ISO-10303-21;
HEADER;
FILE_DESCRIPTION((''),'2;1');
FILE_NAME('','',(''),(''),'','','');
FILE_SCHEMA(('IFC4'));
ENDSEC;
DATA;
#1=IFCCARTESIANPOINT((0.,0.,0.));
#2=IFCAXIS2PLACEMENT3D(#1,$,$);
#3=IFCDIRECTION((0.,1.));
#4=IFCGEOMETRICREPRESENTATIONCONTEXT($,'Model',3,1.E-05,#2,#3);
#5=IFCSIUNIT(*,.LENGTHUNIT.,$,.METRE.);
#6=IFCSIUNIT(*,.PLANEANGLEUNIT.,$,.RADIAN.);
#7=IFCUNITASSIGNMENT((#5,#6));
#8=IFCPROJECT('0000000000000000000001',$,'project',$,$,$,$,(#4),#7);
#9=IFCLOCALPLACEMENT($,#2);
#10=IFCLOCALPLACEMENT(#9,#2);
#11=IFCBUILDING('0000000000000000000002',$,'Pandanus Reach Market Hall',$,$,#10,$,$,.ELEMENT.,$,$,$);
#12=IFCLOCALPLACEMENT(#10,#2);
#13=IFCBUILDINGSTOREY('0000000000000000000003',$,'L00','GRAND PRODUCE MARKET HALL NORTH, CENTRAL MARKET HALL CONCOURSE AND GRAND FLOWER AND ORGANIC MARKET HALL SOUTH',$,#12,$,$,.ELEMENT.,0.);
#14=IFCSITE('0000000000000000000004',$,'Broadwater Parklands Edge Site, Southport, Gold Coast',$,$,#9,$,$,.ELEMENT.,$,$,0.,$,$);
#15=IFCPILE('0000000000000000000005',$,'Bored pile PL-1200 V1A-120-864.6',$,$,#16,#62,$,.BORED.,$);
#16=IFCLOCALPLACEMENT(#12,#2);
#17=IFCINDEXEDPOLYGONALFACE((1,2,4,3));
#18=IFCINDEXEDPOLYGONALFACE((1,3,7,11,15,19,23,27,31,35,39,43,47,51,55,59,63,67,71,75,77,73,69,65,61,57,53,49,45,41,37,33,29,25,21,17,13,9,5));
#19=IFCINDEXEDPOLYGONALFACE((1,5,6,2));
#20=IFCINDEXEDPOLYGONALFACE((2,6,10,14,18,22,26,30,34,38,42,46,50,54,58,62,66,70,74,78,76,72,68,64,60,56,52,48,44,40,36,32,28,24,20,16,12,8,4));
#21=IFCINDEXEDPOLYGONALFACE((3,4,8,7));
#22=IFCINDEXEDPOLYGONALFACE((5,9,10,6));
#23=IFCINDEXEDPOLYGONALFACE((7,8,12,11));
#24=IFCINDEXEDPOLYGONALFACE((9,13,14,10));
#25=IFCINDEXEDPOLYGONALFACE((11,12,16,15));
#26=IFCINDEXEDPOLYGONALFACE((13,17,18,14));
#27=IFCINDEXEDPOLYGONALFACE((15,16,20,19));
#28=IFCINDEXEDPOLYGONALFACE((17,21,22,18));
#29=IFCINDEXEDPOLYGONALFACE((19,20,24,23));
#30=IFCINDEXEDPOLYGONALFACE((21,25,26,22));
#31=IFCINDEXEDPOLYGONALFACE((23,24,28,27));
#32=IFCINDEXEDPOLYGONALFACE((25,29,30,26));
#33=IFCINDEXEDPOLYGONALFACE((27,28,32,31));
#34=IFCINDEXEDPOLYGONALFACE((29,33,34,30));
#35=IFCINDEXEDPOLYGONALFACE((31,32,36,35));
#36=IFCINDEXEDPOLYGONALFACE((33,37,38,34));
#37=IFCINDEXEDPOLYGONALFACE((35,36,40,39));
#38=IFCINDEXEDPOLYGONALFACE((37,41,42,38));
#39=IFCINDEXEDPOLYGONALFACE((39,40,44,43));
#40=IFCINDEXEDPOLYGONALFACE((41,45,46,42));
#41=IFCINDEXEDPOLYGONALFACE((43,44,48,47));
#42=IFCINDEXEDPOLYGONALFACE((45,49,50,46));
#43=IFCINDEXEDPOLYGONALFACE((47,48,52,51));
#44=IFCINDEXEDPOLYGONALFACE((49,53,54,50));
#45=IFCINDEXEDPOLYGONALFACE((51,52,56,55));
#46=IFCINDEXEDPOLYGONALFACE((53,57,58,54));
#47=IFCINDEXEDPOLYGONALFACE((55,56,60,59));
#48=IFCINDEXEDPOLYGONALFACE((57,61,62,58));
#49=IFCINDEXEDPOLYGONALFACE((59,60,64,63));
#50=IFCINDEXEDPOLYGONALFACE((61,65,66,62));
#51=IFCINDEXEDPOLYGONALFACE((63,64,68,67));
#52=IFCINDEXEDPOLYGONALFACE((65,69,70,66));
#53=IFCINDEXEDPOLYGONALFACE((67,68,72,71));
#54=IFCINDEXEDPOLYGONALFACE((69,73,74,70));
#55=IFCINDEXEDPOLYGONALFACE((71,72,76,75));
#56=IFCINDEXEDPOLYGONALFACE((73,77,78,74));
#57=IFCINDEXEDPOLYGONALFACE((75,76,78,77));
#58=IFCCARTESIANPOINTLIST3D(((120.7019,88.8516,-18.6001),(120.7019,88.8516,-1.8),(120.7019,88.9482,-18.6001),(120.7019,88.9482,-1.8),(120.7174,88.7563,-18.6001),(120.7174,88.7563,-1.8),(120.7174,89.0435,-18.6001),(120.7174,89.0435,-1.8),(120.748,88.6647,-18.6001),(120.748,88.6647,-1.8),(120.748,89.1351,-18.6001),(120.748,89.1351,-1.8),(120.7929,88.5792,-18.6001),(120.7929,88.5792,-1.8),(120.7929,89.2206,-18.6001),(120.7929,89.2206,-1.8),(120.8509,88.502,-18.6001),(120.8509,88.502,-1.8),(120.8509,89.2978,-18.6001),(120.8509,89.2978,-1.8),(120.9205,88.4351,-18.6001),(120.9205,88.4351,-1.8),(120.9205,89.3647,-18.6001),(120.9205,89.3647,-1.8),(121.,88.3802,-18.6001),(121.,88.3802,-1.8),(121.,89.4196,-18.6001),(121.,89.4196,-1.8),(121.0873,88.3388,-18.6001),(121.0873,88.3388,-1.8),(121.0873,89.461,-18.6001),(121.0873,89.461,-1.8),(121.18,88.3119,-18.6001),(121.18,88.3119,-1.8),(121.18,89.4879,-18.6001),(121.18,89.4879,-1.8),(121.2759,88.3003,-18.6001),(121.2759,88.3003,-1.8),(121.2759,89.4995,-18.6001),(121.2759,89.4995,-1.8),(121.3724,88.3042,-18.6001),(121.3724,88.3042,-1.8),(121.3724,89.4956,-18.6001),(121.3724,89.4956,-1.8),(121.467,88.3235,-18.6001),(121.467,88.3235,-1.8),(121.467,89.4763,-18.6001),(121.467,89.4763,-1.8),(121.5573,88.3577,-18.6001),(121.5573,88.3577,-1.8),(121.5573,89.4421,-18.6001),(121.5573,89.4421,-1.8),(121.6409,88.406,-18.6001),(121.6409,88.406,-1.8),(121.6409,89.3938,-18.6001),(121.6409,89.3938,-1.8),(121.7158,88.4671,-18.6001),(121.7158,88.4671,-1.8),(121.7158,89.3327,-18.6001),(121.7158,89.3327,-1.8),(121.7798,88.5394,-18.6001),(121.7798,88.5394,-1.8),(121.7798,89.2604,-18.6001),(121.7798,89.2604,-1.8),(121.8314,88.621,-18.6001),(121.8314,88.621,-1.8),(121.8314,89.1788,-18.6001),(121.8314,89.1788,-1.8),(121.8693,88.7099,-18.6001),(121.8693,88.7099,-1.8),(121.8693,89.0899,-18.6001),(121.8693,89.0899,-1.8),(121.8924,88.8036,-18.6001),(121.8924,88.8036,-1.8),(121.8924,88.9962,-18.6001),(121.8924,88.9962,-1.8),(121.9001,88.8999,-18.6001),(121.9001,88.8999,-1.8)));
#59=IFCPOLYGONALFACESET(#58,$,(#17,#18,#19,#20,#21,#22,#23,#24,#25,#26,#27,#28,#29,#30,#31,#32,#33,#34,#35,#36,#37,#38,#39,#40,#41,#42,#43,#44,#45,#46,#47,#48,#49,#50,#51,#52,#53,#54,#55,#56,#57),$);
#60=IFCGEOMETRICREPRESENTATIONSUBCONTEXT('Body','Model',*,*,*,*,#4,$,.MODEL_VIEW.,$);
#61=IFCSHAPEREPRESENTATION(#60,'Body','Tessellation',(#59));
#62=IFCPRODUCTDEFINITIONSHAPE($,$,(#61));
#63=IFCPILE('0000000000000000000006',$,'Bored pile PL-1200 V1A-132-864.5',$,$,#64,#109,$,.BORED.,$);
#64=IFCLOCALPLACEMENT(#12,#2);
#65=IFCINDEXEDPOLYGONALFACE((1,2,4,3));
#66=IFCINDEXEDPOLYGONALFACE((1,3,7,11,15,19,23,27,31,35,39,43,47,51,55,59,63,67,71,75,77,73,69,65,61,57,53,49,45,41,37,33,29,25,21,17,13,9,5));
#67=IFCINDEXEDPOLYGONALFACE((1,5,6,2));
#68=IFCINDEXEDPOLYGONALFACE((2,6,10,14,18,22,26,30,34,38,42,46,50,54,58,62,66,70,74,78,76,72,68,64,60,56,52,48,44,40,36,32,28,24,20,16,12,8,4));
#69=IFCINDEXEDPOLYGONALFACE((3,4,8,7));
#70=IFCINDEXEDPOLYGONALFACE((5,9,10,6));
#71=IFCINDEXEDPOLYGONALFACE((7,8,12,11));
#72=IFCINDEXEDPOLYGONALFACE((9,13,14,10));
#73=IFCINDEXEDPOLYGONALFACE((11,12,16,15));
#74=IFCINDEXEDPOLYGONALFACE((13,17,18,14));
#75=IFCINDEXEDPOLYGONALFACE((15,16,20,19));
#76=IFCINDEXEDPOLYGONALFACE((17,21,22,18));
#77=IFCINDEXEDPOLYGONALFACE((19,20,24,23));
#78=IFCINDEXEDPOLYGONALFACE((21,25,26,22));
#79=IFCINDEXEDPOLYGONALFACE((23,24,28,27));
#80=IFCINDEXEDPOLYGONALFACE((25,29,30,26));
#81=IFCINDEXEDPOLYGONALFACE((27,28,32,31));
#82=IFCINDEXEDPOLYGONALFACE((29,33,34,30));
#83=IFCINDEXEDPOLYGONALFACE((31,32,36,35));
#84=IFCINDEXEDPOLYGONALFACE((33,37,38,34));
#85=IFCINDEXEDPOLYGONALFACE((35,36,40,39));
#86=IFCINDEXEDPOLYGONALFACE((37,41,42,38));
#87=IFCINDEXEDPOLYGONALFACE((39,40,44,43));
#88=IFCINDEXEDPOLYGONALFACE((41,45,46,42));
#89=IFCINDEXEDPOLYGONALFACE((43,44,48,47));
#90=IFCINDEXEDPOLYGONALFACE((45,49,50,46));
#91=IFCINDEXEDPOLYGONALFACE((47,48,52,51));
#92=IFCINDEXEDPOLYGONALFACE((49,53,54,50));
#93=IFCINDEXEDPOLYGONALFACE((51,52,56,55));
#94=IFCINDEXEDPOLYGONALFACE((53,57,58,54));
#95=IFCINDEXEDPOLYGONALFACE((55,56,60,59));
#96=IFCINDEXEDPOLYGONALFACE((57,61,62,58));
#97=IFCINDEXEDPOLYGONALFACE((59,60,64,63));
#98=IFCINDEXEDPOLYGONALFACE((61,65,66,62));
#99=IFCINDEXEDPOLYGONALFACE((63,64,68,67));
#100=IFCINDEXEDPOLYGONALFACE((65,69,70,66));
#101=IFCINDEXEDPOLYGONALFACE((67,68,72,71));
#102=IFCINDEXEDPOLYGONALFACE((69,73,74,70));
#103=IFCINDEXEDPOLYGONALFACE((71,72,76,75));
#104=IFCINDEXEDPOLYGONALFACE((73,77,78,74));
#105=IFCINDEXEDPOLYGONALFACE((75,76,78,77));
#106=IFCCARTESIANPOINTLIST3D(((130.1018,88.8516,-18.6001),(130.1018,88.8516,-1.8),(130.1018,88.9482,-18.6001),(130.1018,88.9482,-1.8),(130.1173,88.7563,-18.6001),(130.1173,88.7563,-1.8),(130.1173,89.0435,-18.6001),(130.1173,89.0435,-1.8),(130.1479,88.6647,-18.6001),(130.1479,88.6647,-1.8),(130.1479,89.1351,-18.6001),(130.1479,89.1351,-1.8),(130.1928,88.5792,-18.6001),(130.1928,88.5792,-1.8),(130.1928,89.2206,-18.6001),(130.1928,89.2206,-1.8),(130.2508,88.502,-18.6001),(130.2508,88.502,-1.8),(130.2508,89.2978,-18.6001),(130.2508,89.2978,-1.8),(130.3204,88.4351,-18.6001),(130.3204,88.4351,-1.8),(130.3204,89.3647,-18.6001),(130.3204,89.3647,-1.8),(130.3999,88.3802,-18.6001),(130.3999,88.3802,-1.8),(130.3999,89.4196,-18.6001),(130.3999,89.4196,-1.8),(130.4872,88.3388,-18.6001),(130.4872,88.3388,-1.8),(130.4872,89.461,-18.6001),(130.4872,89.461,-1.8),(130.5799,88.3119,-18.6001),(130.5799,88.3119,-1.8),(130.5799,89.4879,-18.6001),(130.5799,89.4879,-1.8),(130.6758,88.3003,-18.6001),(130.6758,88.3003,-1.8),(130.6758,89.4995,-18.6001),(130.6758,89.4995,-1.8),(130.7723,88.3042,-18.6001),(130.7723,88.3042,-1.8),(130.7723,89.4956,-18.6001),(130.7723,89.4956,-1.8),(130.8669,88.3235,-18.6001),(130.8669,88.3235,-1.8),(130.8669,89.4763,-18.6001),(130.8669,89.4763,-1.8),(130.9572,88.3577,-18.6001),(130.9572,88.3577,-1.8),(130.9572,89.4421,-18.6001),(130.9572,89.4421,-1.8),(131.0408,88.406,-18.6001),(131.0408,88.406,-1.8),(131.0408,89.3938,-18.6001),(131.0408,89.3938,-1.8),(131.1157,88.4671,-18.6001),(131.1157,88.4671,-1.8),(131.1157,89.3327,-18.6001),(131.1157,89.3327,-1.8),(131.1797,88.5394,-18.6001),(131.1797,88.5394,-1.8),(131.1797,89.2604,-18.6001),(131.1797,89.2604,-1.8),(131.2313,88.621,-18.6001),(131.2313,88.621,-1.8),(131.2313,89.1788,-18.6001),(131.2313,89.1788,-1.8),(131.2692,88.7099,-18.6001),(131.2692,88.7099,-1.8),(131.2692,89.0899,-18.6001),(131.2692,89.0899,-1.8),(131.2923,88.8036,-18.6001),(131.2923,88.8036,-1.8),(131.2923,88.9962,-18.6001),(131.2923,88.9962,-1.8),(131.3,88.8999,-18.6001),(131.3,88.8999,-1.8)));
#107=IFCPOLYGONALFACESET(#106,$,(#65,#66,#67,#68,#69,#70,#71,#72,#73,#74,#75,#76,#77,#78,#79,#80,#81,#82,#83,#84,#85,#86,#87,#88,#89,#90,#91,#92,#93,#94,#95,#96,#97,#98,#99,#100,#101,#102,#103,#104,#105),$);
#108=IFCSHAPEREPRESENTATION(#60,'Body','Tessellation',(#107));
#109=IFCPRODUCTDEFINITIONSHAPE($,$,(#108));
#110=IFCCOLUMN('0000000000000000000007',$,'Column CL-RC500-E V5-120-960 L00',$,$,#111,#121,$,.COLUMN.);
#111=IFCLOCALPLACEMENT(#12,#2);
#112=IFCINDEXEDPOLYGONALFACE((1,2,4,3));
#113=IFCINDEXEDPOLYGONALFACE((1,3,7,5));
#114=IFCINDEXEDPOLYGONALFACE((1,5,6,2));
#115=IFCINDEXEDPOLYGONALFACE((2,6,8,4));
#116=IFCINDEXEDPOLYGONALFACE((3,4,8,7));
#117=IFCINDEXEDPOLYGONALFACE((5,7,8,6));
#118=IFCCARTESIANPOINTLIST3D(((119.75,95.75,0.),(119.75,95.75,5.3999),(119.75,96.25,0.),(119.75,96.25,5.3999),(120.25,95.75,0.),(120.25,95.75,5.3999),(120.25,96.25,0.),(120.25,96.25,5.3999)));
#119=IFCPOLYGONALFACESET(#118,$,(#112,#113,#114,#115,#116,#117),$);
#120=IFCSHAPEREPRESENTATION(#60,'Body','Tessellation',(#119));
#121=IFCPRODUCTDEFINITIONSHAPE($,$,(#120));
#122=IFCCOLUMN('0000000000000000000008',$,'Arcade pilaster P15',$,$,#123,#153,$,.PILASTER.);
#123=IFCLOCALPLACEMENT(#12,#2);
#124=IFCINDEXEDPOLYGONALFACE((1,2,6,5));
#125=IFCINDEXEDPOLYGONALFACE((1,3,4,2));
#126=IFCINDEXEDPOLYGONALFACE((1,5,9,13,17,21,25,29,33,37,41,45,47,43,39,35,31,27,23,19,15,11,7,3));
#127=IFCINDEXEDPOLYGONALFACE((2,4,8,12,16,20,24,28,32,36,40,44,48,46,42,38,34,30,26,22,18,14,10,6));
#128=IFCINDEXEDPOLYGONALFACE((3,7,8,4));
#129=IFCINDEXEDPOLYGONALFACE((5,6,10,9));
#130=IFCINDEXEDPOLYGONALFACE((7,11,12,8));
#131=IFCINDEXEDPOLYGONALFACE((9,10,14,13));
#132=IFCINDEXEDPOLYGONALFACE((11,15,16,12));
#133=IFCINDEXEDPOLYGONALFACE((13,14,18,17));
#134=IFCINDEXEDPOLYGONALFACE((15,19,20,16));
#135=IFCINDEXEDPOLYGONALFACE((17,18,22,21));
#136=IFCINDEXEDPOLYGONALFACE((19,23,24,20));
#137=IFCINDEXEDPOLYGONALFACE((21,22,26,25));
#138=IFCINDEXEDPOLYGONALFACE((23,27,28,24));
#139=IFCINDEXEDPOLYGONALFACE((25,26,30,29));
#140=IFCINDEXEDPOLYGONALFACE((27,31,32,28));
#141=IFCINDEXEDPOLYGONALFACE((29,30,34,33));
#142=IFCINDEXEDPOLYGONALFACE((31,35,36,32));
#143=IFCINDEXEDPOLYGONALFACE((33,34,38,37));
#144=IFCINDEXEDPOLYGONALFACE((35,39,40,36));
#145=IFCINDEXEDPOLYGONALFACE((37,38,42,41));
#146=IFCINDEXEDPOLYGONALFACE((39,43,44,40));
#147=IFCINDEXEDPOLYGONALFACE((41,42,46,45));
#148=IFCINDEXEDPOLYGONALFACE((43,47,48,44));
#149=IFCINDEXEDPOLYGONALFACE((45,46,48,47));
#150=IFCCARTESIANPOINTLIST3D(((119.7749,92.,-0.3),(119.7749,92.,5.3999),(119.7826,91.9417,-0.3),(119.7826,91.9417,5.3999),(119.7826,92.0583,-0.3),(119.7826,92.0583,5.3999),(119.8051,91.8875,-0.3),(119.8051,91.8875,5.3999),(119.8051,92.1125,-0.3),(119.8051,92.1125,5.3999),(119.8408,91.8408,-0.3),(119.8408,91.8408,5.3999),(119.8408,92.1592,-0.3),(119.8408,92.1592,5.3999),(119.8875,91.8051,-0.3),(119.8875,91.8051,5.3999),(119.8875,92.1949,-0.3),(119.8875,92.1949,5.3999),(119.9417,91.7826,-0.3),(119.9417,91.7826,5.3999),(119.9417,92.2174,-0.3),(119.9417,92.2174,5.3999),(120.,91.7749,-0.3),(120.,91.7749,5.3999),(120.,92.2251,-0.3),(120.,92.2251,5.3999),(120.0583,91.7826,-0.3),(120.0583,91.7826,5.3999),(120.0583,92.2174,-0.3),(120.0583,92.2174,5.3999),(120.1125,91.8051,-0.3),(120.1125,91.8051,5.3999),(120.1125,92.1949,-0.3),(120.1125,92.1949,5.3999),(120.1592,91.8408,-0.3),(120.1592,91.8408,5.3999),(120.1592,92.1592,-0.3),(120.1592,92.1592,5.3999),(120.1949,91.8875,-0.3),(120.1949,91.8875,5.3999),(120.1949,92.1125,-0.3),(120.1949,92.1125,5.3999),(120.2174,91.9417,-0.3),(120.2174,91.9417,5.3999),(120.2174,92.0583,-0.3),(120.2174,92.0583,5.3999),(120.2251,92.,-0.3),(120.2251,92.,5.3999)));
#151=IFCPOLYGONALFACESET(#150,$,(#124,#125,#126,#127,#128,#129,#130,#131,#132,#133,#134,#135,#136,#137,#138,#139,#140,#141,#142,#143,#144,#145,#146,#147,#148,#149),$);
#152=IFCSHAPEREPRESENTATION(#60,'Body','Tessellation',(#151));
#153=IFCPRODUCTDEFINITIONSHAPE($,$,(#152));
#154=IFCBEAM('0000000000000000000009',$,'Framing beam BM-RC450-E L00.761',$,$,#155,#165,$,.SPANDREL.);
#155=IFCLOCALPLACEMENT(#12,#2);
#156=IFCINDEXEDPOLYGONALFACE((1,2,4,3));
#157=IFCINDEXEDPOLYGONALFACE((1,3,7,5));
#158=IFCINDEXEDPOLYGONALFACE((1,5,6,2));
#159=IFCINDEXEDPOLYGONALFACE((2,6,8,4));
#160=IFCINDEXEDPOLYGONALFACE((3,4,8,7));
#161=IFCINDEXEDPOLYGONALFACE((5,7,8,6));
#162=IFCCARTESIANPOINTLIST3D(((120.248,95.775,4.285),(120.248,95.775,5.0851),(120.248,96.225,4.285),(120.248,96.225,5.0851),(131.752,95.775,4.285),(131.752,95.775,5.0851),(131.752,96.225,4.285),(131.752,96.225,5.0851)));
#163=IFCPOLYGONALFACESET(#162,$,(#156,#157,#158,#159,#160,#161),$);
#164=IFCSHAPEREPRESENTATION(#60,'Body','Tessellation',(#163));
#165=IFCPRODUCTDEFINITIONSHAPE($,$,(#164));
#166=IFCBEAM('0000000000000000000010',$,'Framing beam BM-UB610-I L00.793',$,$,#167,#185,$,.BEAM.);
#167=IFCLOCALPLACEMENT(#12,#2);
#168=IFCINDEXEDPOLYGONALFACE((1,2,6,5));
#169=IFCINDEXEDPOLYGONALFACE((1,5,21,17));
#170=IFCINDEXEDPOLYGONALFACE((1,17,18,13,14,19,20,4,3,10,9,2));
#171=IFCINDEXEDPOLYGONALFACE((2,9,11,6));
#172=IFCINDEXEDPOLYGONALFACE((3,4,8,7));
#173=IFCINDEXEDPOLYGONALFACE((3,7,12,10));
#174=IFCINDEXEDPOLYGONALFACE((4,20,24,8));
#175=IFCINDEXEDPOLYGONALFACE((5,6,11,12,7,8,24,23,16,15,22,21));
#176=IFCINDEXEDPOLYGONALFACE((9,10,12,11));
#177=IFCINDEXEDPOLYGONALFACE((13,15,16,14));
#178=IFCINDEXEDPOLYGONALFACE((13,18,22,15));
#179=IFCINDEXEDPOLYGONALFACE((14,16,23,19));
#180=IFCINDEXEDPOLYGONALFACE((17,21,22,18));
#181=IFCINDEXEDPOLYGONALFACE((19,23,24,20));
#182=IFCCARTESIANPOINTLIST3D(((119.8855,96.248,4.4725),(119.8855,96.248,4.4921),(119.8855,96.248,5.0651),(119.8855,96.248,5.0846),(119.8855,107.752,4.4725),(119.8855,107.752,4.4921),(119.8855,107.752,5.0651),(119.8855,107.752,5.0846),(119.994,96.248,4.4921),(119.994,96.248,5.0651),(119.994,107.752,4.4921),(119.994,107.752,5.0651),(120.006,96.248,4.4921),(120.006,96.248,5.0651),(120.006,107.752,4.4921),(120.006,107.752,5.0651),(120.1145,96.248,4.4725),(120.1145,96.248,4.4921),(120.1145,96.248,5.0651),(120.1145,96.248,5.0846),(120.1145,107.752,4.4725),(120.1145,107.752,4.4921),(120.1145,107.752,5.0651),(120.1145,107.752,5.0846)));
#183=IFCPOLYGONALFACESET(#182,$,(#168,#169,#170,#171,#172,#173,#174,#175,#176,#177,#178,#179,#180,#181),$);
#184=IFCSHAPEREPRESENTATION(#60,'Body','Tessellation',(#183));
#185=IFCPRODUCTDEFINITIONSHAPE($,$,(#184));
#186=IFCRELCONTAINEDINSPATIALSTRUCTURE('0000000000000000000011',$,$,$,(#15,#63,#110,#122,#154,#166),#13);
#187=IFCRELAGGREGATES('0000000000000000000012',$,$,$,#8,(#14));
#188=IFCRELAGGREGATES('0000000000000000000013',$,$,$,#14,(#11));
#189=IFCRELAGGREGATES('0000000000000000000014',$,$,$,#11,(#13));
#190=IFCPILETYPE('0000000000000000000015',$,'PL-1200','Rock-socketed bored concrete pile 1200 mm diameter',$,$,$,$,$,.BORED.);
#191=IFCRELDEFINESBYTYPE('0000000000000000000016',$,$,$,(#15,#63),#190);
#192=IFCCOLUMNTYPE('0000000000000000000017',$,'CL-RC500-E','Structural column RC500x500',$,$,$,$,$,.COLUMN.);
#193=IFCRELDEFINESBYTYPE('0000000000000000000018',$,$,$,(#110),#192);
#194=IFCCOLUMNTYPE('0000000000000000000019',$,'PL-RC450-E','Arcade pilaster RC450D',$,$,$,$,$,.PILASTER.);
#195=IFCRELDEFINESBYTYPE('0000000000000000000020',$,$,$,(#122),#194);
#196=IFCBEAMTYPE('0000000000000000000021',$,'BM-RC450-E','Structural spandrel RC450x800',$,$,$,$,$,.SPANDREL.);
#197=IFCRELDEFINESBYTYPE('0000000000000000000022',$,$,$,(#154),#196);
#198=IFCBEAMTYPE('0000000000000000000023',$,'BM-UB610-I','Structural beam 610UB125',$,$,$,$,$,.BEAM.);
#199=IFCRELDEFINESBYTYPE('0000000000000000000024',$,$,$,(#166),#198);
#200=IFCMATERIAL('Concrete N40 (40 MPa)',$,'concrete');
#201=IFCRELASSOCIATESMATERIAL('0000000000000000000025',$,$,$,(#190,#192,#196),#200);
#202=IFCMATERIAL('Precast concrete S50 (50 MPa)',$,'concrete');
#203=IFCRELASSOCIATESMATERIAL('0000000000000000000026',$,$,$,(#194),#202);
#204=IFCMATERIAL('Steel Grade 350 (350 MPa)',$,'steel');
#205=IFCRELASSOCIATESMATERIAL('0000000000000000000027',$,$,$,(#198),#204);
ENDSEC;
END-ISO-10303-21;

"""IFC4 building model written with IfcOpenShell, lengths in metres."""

from ifc_helpers import new_model, si_unit, direction, frame, origin, origin_2d, place, context, subcontext, project, spatial, rectangle, circle, i_section, extrude, material, material_profile, profile_set, type_object, element, save


model = new_model("IFC4")

# Units and contexts
model_context = context("Model", 3, precision=1e-05, world=origin(), true_north=direction((0.0, 1.0)))
body_context = subcontext(model_context, "Body", "Model", "MODEL_VIEW")
ifc_project = project(units=[si_unit("LENGTHUNIT", "METRE"), si_unit("PLANEANGLEUNIT", "RADIAN")], contexts=[model_context])

# Site, building, storey
site_placement = place(None, origin())
site = spatial("IfcSite", under=ifc_project, at=site_placement, Name="Broadwater Parklands Edge Site, Southport, Gold Coast", CompositionType="ELEMENT", RefElevation=0.0)
building_placement = place(site_placement, origin())
building = spatial("IfcBuilding", under=site, at=building_placement, Name="Pandanus Reach Market Hall", CompositionType="ELEMENT")
storey_placement = place(building_placement, origin())
storey = spatial("IfcBuildingStorey", under=building, at=storey_placement, Name="L00", Description="GRAND PRODUCE MARKET HALL NORTH, CENTRAL MARKET HALL CONCOURSE AND GRAND FLOWER AND ORGANIC MARKET HALL SOUTH", CompositionType="ELEMENT", Elevation=0.0)

# Piles
ifc_material_1 = material(Name="Concrete N40 (40 MPa)", Category="concrete")
ifc_material_profile_1 = material_profile(ifc_material_1, circle(Radius=0.6001, at=origin_2d()), Name="PILE-1200D", Category="LoadBearing")
ifc_profile_set_1 = profile_set([ifc_material_profile_1], Name="Concrete N40 (40 MPa)")
pile_type = type_object("IfcPileType", Name="PL-1200", Description="Rock-socketed bored concrete pile 1200 mm diameter", PredefinedType="BORED", material=ifc_profile_set_1)
for number, where, z_axis, x_axis, name in (
    (1, (121.3, 88.8999, -1.8), (0.0, 0.0, -1.0), (1.0, 0.0, 0.0), "Bored pile PL-1200 V1A-120-864.6"),
    (2, (130.7, 88.8999, -1.8), (0.0, 0.0, -1.0), (1.0, 0.0, 0.0), "Bored pile PL-1200 V1A-132-864.5"),
):
    element("IfcPile", number, at=place(storey_placement, frame(where, z_axis=z_axis, x_axis=x_axis)), inside=storey, type_object=pile_type, Name=name, PredefinedType="BORED", context=body_context, shape_type="SweptSolid", body=[
        extrude(circle(Radius=0.6001, at=origin_2d()), origin(), (0.0, 0.0, 1.0), 16.8),
    ])

# Columns
ifc_material_profile_2 = material_profile(ifc_material_1, rectangle(XDim=0.5, YDim=0.5, at=origin_2d()), Name="RC500x500", Category="LoadBearing")
ifc_profile_set_2 = profile_set([ifc_material_profile_2], Name="Concrete N40 (40 MPa)")
column_type_1 = type_object("IfcColumnType", Name="CL-RC500-E", Description="Structural column RC500x500", PredefinedType="COLUMN", material=ifc_profile_set_2)
column_1_placement = place(storey_placement, frame((120.0, 96.0, 0.0), z_axis=(0.0, 0.0, 1.0), x_axis=(1.0, 0.0, 0.0)))
element("IfcColumn", 3, at=column_1_placement, inside=storey, type_object=column_type_1, Name="Column CL-RC500-E V5-120-960 L00", PredefinedType="COLUMN", context=body_context, shape_type="SweptSolid", body=[
    extrude(rectangle(XDim=0.5, YDim=0.5, at=origin_2d()), origin(), (0.0, 0.0, 1.0), 5.3999),
])
ifc_material_2 = material(Name="Precast concrete S50 (50 MPa)", Category="concrete")
ifc_material_profile_3 = material_profile(ifc_material_2, circle(Radius=0.2251, at=origin_2d()), Name="RC450D", Category="LoadBearing")
ifc_profile_set_3 = profile_set([ifc_material_profile_3], Name="Precast concrete S50 (50 MPa)")
column_type_2 = type_object("IfcColumnType", Name="PL-RC450-E", Description="Arcade pilaster RC450D", PredefinedType="PILASTER", material=ifc_profile_set_3)
column_2_placement = place(storey_placement, frame((120.0, 92.0, -0.3), z_axis=(0.0, 0.0, 1.0), x_axis=(1.0, 0.0, 0.0)))
element("IfcColumn", 4, at=column_2_placement, inside=storey, type_object=column_type_2, Name="Arcade pilaster P15", PredefinedType="PILASTER", context=body_context, shape_type="SweptSolid", body=[
    extrude(circle(Radius=0.2251, at=origin_2d()), origin(), (0.0, 0.0, 1.0), 5.7),
])

# Beams
ifc_material_profile_4 = material_profile(ifc_material_1, rectangle(XDim=0.45, YDim=0.8, at=origin_2d()), Name="RC450x800", Category="LoadBearing")
ifc_profile_set_4 = profile_set([ifc_material_profile_4], Name="Concrete N40 (40 MPa)")
beam_type_1 = type_object("IfcBeamType", Name="BM-RC450-E", Description="Structural spandrel RC450x800", PredefinedType="SPANDREL", material=ifc_profile_set_4)
beam_1_placement = place(storey_placement, frame((120.248, 96.0, 4.6851), z_axis=(1.0, 0.0, 0.0), x_axis=(0.0, 1.0, 0.0)))
element("IfcBeam", 5, at=beam_1_placement, inside=storey, type_object=beam_type_1, Name="Framing beam BM-RC450-E L00.761", PredefinedType="SPANDREL", context=body_context, shape_type="SweptSolid", body=[
    extrude(rectangle(XDim=0.45, YDim=0.8, at=origin_2d()), origin(), (0.0, 0.0, 1.0), 11.5039),
])
ifc_material_3 = material(Name="Steel Grade 350 (350 MPa)", Category="steel")
ifc_material_profile_5 = material_profile(ifc_material_3, i_section(OverallWidth=0.229, OverallDepth=0.6121, WebThickness=0.012, FlangeThickness=0.0195, at=origin_2d()), Name="610UB125", Category="LoadBearing")
ifc_profile_set_5 = profile_set([ifc_material_profile_5], Name="Steel Grade 350 (350 MPa)")
beam_type_2 = type_object("IfcBeamType", Name="BM-UB610-I", Description="Structural beam 610UB125", PredefinedType="BEAM", material=ifc_profile_set_5)
beam_2_placement = place(storey_placement, frame((120.0, 96.248, 4.7786), z_axis=(0.0, 1.0, 0.0), x_axis=(-1.0, 0.0, 0.0)))
element("IfcBeam", 6, at=beam_2_placement, inside=storey, type_object=beam_type_2, Name="Framing beam BM-UB610-I L00.793", PredefinedType="BEAM", context=body_context, shape_type="SweptSolid", body=[
    extrude(i_section(OverallWidth=0.229, OverallDepth=0.6121, WebThickness=0.012, FlangeThickness=0.0195, at=origin_2d()), origin(), (0.0, 0.0, 1.0), 11.5039),
])

save(model, "model.ifc")
